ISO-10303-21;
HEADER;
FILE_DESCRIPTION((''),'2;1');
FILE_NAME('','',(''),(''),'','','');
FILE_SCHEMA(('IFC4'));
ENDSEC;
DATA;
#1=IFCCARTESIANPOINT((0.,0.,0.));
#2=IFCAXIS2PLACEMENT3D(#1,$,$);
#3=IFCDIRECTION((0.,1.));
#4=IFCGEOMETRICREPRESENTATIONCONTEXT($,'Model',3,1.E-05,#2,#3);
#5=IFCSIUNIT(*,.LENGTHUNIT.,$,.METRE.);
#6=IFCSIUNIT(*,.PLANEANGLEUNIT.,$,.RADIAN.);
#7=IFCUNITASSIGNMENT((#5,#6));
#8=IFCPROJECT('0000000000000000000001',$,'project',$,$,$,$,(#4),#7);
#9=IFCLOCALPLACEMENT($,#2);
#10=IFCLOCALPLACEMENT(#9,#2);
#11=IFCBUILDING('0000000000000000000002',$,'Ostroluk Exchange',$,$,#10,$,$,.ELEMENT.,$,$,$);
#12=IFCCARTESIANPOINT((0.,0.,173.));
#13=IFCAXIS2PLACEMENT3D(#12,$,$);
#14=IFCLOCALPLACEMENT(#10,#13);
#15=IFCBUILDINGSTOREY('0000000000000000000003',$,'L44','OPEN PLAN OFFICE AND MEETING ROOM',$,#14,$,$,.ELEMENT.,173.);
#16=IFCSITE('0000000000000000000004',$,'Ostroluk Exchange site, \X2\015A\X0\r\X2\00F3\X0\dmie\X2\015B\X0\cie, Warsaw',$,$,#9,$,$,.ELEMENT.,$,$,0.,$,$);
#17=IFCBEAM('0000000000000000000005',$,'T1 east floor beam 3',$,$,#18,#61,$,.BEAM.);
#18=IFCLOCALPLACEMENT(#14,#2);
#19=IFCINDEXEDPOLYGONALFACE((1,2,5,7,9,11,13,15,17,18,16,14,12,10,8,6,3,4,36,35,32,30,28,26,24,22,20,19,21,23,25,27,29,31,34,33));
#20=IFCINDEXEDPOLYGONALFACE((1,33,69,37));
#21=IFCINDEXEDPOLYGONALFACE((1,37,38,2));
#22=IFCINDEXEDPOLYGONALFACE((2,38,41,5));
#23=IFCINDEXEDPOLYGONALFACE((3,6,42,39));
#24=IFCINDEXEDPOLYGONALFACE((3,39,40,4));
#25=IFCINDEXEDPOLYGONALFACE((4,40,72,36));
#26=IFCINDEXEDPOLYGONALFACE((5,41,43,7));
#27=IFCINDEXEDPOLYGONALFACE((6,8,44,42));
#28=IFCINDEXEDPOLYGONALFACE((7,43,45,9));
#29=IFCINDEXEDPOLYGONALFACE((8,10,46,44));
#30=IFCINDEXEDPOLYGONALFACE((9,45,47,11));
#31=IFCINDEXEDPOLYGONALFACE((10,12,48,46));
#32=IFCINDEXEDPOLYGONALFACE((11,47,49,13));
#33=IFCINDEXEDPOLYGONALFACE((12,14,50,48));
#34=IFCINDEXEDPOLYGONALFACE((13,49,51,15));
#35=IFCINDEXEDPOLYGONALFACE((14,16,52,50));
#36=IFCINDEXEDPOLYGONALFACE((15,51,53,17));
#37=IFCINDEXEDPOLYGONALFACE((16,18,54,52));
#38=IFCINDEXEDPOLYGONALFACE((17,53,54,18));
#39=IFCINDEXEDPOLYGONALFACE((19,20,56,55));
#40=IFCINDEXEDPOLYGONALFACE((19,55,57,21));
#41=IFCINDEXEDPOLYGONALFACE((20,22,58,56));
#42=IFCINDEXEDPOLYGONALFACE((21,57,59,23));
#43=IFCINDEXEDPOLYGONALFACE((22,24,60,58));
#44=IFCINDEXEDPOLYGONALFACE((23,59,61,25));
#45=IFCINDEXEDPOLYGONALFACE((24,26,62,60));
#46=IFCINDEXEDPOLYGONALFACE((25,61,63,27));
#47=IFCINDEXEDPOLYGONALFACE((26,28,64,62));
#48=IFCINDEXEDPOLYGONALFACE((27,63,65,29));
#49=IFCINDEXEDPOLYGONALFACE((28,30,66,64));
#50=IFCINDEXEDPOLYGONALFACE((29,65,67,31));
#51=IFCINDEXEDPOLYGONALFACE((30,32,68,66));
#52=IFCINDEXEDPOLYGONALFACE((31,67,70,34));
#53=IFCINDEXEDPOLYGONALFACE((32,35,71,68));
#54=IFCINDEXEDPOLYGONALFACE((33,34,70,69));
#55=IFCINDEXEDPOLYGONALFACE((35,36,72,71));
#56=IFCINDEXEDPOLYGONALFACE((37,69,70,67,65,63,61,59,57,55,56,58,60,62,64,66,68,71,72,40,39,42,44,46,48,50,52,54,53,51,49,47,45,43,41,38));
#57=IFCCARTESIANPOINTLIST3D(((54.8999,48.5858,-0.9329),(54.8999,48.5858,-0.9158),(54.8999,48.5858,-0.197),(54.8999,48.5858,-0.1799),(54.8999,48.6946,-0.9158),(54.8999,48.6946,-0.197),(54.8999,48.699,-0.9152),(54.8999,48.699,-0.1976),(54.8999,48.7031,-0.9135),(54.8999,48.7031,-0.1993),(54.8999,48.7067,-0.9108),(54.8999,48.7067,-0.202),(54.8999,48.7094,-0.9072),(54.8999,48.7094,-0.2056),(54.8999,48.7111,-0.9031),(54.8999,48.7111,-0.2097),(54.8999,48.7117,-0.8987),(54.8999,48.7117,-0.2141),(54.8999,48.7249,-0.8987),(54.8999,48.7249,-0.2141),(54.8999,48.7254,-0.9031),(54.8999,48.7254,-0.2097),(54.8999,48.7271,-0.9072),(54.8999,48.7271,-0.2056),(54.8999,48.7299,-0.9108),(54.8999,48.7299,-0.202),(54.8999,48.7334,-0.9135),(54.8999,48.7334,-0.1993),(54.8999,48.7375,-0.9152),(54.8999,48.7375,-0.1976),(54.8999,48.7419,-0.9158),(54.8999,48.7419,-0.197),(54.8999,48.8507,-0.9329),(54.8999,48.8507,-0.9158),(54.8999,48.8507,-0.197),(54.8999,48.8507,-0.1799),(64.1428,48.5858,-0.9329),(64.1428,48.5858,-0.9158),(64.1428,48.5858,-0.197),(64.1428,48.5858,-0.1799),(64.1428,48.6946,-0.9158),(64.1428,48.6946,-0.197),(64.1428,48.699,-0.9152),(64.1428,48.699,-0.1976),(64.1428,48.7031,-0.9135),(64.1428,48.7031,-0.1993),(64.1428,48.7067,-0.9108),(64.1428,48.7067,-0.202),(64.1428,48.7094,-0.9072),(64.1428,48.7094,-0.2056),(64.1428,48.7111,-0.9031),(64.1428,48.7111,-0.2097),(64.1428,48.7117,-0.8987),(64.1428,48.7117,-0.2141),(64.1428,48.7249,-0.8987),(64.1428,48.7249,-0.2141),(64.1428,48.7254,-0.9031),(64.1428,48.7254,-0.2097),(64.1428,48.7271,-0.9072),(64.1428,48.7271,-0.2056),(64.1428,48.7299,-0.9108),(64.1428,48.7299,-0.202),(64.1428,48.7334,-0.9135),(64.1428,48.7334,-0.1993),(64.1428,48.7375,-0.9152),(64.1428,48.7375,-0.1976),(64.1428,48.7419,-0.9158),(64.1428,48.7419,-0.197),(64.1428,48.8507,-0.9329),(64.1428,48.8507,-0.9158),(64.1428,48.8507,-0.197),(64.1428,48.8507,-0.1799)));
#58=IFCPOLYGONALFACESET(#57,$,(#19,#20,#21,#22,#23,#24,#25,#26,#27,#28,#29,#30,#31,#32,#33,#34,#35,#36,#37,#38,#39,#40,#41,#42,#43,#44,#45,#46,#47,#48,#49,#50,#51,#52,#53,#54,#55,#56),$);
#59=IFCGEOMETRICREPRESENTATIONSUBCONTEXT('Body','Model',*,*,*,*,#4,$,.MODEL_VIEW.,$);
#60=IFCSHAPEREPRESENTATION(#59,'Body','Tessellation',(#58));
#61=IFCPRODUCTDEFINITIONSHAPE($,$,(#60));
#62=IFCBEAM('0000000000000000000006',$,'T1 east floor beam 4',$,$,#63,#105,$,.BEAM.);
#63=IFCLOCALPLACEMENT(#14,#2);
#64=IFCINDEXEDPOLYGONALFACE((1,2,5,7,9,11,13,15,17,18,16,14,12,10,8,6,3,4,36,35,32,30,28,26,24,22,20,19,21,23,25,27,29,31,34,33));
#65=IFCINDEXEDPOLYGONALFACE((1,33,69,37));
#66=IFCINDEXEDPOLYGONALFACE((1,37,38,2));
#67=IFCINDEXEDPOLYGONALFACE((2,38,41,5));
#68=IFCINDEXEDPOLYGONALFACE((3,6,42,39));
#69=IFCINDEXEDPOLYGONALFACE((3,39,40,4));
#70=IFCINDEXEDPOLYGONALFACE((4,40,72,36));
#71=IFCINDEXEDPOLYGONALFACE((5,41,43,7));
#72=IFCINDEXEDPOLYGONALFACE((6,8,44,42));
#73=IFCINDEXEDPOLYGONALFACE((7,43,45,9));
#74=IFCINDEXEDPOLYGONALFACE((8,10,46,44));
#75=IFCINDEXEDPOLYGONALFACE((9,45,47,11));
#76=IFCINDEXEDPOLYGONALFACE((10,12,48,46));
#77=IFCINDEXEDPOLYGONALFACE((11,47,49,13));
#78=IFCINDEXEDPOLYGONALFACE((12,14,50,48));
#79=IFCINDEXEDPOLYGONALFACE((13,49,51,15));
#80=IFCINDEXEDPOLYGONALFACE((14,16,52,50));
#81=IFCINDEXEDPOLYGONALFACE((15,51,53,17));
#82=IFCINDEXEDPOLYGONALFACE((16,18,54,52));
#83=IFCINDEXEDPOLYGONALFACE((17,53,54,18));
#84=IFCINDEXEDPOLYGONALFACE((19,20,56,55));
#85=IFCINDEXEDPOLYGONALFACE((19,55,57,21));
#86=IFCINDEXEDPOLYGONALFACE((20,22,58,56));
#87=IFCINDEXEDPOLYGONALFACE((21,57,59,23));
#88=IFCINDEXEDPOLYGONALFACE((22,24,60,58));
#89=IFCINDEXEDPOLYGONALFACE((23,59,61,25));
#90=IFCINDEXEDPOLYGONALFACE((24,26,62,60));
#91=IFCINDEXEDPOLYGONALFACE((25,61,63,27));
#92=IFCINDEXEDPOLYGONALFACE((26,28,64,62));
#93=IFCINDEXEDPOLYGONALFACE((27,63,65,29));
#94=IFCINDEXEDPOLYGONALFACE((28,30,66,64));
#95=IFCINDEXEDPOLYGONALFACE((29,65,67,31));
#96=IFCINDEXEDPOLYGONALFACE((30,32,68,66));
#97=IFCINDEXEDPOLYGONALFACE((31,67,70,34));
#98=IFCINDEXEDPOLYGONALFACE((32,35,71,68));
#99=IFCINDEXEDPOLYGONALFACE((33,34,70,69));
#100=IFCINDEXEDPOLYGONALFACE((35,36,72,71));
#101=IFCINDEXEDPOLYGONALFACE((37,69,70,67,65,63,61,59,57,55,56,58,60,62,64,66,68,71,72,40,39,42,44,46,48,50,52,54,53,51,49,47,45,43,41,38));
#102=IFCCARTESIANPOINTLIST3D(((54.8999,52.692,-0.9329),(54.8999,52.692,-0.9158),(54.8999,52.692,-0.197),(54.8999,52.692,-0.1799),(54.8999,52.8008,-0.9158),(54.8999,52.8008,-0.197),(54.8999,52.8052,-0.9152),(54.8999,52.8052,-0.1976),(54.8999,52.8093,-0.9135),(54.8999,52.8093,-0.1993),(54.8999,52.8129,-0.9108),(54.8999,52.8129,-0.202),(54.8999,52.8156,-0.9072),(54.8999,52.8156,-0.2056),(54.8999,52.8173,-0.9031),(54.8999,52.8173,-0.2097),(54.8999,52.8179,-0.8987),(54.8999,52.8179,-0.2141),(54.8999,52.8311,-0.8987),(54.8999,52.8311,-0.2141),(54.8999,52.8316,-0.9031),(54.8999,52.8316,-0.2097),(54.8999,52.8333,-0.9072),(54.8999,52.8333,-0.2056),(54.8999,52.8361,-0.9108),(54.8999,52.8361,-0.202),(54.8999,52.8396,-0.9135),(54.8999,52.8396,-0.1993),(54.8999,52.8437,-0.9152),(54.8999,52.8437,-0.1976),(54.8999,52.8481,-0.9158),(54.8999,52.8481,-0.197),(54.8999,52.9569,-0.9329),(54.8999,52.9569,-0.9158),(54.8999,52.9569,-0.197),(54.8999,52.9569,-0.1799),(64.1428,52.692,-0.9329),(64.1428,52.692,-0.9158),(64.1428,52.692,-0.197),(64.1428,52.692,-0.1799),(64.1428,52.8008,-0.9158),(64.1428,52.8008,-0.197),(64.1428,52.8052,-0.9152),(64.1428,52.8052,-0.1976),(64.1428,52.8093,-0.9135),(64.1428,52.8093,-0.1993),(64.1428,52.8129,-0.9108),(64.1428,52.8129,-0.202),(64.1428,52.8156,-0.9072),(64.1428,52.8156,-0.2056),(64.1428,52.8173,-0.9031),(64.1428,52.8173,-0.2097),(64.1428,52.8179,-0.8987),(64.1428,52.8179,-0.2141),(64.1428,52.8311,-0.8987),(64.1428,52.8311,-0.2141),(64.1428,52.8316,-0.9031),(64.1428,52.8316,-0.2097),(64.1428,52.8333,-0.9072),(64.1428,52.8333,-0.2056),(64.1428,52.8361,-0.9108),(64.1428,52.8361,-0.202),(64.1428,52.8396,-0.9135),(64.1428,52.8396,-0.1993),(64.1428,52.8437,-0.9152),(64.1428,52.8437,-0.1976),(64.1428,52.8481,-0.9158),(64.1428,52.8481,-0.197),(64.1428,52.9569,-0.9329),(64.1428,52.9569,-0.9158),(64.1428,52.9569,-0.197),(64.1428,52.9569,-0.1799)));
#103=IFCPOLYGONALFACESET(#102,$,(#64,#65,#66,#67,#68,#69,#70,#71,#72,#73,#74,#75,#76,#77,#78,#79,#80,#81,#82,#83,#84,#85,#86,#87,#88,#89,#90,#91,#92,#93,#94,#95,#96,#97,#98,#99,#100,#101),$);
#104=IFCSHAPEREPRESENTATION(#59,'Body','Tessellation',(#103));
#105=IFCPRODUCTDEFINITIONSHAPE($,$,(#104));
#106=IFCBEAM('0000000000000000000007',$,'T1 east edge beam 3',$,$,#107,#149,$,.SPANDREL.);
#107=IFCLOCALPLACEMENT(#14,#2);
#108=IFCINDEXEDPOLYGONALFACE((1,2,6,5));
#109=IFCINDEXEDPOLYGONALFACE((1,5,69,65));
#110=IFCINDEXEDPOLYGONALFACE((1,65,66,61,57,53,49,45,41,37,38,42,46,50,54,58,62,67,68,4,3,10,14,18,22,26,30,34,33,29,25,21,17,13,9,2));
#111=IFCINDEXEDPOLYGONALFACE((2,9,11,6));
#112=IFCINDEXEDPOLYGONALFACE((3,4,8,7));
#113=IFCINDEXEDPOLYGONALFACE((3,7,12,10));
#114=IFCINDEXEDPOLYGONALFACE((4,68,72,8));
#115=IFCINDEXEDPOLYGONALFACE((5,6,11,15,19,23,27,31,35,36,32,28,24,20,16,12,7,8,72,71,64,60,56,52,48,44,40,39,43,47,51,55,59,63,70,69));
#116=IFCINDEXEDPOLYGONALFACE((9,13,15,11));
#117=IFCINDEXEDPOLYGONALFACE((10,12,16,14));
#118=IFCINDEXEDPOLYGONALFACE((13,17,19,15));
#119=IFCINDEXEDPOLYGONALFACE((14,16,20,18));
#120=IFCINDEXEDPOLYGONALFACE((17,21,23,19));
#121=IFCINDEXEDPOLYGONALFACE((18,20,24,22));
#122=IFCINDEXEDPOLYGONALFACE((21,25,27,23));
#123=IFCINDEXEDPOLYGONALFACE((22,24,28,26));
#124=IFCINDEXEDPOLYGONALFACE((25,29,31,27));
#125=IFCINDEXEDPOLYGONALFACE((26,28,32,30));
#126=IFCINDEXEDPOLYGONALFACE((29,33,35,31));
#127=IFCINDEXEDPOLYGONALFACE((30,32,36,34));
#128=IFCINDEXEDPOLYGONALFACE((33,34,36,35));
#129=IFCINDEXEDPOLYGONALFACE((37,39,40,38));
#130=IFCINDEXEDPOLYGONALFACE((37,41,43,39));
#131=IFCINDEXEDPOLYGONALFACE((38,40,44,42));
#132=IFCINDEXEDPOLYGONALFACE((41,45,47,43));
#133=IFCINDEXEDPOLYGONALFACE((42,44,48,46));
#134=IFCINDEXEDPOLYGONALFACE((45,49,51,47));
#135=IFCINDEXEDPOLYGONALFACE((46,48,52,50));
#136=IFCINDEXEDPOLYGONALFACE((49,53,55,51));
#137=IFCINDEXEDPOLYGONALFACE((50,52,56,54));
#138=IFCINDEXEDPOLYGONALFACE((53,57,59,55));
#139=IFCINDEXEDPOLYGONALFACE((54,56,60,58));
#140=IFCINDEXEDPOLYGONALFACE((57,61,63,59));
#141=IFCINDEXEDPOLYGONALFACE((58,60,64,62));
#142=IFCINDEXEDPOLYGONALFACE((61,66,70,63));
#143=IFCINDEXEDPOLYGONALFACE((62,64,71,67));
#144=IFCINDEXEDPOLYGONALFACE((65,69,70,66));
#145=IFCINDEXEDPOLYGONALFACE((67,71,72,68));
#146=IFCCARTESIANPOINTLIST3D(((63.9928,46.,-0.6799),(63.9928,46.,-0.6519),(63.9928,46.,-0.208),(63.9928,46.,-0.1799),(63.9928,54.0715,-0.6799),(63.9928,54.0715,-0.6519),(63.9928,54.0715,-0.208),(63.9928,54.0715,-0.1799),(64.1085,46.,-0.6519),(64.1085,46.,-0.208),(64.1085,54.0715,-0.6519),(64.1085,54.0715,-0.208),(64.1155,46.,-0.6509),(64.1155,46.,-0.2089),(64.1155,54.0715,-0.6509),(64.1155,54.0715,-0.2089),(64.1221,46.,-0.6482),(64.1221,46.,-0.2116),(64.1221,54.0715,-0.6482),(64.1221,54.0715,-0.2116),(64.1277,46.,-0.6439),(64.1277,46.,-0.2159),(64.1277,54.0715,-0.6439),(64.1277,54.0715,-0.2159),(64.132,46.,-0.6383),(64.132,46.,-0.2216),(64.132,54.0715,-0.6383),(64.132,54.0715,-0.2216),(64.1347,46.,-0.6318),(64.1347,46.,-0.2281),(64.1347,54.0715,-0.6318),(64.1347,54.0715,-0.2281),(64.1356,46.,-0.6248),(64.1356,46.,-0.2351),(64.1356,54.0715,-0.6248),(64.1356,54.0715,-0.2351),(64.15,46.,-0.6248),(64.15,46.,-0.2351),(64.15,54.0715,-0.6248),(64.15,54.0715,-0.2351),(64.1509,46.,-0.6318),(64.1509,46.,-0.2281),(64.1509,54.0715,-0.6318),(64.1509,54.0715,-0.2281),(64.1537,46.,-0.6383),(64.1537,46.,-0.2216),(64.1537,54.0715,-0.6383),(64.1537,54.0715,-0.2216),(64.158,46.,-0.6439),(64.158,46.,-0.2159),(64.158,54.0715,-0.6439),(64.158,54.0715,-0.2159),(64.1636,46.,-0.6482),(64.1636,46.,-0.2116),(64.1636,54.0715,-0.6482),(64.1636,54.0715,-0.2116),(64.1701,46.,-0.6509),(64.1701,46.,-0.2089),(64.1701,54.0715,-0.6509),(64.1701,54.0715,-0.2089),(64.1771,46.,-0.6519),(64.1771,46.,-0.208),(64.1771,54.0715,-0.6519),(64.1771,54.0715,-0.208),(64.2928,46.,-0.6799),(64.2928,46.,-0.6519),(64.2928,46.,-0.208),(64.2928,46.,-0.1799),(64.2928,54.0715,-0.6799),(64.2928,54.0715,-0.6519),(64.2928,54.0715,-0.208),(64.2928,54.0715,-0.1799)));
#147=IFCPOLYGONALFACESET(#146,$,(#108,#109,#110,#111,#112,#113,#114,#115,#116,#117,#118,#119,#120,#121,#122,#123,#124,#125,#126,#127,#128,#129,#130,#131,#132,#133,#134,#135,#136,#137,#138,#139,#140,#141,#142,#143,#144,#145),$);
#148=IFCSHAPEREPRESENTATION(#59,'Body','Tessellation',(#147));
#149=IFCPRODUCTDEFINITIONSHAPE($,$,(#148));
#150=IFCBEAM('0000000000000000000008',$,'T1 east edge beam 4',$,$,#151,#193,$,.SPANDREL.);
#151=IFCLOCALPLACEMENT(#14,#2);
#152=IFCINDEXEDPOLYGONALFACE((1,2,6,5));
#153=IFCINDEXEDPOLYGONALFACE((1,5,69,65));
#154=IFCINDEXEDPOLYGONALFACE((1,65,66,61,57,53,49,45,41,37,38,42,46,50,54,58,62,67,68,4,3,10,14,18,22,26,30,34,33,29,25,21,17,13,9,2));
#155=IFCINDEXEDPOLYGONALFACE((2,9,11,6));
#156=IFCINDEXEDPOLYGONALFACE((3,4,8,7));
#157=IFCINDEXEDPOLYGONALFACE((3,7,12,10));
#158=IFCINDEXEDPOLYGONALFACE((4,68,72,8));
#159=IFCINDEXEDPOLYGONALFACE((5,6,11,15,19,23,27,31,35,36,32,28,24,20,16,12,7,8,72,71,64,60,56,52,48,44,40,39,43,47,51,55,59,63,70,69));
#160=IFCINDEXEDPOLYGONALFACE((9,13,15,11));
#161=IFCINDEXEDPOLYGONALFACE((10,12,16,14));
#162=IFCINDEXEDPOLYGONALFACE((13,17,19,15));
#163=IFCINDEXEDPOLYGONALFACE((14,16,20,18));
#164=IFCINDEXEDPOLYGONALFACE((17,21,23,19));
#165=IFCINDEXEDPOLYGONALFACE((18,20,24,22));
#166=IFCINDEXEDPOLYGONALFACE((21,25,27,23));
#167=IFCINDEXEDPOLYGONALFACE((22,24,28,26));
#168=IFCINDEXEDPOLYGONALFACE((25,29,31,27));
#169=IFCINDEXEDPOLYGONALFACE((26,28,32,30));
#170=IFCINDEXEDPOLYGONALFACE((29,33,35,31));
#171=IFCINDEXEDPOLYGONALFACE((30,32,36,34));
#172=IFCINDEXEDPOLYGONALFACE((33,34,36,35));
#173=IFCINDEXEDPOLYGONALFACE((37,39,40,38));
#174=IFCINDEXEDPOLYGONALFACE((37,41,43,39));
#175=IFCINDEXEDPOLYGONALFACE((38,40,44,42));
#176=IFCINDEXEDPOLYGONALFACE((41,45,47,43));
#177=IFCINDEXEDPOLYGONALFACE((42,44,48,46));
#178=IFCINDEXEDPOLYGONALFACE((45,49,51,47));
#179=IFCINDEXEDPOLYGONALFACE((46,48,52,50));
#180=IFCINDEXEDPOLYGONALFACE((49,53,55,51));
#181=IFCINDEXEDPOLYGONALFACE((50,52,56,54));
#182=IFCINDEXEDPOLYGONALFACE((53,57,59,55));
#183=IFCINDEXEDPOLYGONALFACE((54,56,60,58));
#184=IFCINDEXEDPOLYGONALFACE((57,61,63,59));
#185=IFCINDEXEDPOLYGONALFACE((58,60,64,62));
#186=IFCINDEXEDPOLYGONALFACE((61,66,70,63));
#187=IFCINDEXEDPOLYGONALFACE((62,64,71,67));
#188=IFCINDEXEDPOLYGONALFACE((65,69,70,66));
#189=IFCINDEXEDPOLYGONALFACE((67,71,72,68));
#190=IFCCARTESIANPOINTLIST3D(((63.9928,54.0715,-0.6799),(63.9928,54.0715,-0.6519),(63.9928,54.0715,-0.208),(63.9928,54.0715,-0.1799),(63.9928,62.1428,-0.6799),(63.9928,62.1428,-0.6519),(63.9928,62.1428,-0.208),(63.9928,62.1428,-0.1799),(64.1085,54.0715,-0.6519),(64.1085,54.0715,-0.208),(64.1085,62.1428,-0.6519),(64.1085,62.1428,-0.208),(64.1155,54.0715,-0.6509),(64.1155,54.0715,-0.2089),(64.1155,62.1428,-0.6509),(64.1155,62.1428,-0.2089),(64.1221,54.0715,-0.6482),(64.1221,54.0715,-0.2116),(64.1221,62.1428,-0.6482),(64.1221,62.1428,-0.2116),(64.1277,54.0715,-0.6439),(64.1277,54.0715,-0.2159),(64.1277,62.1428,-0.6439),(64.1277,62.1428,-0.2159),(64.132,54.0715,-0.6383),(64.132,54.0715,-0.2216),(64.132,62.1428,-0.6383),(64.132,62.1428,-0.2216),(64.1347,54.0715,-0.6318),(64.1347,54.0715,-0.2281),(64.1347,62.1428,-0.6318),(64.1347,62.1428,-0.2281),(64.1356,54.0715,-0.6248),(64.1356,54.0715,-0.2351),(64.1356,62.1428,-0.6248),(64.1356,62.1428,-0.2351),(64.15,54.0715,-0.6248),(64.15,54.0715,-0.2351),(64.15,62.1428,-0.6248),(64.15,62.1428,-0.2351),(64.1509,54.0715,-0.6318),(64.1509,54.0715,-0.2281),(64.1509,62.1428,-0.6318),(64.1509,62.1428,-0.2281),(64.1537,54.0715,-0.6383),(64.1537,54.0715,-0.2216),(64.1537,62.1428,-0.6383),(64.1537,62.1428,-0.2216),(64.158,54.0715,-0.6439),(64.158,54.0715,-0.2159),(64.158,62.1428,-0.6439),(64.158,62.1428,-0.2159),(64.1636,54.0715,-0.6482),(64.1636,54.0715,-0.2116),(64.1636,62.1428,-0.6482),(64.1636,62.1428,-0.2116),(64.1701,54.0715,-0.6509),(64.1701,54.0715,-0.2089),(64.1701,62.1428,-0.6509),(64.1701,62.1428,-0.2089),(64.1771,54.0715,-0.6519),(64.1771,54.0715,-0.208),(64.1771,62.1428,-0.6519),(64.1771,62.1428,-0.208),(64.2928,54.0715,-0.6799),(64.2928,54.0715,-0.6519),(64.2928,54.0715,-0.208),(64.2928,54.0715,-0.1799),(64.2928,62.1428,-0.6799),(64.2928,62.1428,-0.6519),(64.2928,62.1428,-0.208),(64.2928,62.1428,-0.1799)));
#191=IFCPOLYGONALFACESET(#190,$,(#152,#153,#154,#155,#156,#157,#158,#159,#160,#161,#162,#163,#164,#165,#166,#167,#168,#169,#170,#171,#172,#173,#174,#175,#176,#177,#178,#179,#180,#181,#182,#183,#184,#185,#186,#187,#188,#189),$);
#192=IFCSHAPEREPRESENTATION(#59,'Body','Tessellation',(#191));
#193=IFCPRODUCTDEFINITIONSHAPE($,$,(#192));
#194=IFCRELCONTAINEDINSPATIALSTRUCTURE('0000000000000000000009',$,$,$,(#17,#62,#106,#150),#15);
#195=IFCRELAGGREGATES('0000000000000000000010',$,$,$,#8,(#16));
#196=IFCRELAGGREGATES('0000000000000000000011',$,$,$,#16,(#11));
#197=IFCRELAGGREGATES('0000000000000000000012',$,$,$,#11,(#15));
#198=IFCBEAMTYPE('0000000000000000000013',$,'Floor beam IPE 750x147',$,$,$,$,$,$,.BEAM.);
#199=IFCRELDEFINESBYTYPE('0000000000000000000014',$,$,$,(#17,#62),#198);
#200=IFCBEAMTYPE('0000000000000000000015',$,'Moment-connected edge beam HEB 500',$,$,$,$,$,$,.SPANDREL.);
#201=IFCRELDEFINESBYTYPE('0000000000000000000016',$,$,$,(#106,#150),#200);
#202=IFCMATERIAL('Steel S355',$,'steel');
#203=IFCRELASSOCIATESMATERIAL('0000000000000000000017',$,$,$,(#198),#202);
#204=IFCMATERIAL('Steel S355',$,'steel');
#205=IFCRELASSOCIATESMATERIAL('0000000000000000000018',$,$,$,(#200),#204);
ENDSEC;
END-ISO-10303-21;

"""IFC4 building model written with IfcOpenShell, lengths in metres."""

from ifc_helpers import new_model, si_unit, direction, frame, origin, origin_2d, place, context, subcontext, project, spatial, i_section, extrude, material, material_profile, profile_set, type_object, element, save


model = new_model("IFC4")

# Units and contexts
model_context = context("Model", 3, precision=1e-05, world=origin(), true_north=direction((0.0, 1.0)))
body_context = subcontext(model_context, "Body", "Model", "MODEL_VIEW")
ifc_project = project(units=[si_unit("LENGTHUNIT", "METRE"), si_unit("PLANEANGLEUNIT", "RADIAN")], contexts=[model_context])

# Site, building, storey
site_placement = place(None, origin())
site = spatial("IfcSite", under=ifc_project, at=site_placement, Name="Ostroluk Exchange site, Śródmieście, Warsaw", CompositionType="ELEMENT", RefElevation=0.0)
building_placement = place(site_placement, origin())
building = spatial("IfcBuilding", under=site, at=building_placement, Name="Ostroluk Exchange", CompositionType="ELEMENT")
storey_placement = place(building_placement, frame((0.0, 0.0, 173.0)))
storey = spatial("IfcBuildingStorey", under=building, at=storey_placement, Name="L44", Description="OPEN PLAN OFFICE AND MEETING ROOM", CompositionType="ELEMENT", Elevation=173.0)

# Beams
ifc_material_1 = material(Name="Steel S355", Category="steel")
ifc_material_profile_1 = material_profile(ifc_material_1, i_section(OverallWidth=0.2649, OverallDepth=0.7529, WebThickness=0.0132, FlangeThickness=0.0171, FilletRadius=0.0171, at=origin_2d()), Name="IPE 750x147")
ifc_profile_set_1 = profile_set([ifc_material_profile_1], Name="Steel S355")
beam_type_1 = type_object("IfcBeamType", Name="Floor beam IPE 750x147", PredefinedType="BEAM", material=ifc_profile_set_1)
for number, where, z_axis, x_axis, name in (
    (1, (54.8999, 48.7183, -0.5564), (1.0, 0.0, 0.0), (0.0, 1.0, 0.0), "T1 east floor beam 3"),
    (2, (54.8999, 52.8245, -0.5564), (1.0, 0.0, 0.0), (0.0, 1.0, 0.0), "T1 east floor beam 4"),
):
    element("IfcBeam", number, at=place(storey_placement, frame(where, z_axis=z_axis, x_axis=x_axis)), inside=storey, type_object=beam_type_1, Name=name, PredefinedType="BEAM", context=body_context, shape_type="SweptSolid", body=[
        extrude(i_section(OverallWidth=0.2649, OverallDepth=0.7529, WebThickness=0.0132, FlangeThickness=0.0171, FilletRadius=0.0171, at=origin_2d()), origin(), (0.0, 0.0, 1.0), 9.2429),
    ])
ifc_material_2 = material(Name="Steel S355", Category="steel")
ifc_material_profile_2 = material_profile(ifc_material_2, i_section(OverallWidth=0.3, OverallDepth=0.5, WebThickness=0.0144, FlangeThickness=0.0281, FilletRadius=0.0271, at=origin_2d()), Name="HEB 500")
ifc_profile_set_2 = profile_set([ifc_material_profile_2], Name="Steel S355")
beam_type_2 = type_object("IfcBeamType", Name="Moment-connected edge beam HEB 500", PredefinedType="SPANDREL", material=ifc_profile_set_2)
beam_1_placement = place(storey_placement, frame((64.1428, 46.0, -0.4299), z_axis=(0.0, 1.0, 0.0), x_axis=(-1.0, 0.0, 0.0)))
element("IfcBeam", 3, at=beam_1_placement, inside=storey, type_object=beam_type_2, Name="T1 east edge beam 3", PredefinedType="SPANDREL", context=body_context, shape_type="SweptSolid", body=[
    extrude(i_section(OverallWidth=0.3, OverallDepth=0.5, WebThickness=0.0144, FlangeThickness=0.0281, FilletRadius=0.0271, at=origin_2d()), origin(), (0.0, 0.0, 1.0), 8.0715),
])
beam_2_placement = place(storey_placement, frame((64.1428, 54.0715, -0.4299), z_axis=(0.0, 1.0, 0.0), x_axis=(-1.0, 0.0, 0.0)))
element("IfcBeam", 4, at=beam_2_placement, inside=storey, type_object=beam_type_2, Name="T1 east edge beam 4", PredefinedType="SPANDREL", context=body_context, shape_type="SweptSolid", body=[
    extrude(i_section(OverallWidth=0.3, OverallDepth=0.5, WebThickness=0.0144, FlangeThickness=0.0281, FilletRadius=0.0271, at=origin_2d()), origin(), (0.0, 0.0, 1.0), 8.0713),
])

save(model, "model.ifc")
